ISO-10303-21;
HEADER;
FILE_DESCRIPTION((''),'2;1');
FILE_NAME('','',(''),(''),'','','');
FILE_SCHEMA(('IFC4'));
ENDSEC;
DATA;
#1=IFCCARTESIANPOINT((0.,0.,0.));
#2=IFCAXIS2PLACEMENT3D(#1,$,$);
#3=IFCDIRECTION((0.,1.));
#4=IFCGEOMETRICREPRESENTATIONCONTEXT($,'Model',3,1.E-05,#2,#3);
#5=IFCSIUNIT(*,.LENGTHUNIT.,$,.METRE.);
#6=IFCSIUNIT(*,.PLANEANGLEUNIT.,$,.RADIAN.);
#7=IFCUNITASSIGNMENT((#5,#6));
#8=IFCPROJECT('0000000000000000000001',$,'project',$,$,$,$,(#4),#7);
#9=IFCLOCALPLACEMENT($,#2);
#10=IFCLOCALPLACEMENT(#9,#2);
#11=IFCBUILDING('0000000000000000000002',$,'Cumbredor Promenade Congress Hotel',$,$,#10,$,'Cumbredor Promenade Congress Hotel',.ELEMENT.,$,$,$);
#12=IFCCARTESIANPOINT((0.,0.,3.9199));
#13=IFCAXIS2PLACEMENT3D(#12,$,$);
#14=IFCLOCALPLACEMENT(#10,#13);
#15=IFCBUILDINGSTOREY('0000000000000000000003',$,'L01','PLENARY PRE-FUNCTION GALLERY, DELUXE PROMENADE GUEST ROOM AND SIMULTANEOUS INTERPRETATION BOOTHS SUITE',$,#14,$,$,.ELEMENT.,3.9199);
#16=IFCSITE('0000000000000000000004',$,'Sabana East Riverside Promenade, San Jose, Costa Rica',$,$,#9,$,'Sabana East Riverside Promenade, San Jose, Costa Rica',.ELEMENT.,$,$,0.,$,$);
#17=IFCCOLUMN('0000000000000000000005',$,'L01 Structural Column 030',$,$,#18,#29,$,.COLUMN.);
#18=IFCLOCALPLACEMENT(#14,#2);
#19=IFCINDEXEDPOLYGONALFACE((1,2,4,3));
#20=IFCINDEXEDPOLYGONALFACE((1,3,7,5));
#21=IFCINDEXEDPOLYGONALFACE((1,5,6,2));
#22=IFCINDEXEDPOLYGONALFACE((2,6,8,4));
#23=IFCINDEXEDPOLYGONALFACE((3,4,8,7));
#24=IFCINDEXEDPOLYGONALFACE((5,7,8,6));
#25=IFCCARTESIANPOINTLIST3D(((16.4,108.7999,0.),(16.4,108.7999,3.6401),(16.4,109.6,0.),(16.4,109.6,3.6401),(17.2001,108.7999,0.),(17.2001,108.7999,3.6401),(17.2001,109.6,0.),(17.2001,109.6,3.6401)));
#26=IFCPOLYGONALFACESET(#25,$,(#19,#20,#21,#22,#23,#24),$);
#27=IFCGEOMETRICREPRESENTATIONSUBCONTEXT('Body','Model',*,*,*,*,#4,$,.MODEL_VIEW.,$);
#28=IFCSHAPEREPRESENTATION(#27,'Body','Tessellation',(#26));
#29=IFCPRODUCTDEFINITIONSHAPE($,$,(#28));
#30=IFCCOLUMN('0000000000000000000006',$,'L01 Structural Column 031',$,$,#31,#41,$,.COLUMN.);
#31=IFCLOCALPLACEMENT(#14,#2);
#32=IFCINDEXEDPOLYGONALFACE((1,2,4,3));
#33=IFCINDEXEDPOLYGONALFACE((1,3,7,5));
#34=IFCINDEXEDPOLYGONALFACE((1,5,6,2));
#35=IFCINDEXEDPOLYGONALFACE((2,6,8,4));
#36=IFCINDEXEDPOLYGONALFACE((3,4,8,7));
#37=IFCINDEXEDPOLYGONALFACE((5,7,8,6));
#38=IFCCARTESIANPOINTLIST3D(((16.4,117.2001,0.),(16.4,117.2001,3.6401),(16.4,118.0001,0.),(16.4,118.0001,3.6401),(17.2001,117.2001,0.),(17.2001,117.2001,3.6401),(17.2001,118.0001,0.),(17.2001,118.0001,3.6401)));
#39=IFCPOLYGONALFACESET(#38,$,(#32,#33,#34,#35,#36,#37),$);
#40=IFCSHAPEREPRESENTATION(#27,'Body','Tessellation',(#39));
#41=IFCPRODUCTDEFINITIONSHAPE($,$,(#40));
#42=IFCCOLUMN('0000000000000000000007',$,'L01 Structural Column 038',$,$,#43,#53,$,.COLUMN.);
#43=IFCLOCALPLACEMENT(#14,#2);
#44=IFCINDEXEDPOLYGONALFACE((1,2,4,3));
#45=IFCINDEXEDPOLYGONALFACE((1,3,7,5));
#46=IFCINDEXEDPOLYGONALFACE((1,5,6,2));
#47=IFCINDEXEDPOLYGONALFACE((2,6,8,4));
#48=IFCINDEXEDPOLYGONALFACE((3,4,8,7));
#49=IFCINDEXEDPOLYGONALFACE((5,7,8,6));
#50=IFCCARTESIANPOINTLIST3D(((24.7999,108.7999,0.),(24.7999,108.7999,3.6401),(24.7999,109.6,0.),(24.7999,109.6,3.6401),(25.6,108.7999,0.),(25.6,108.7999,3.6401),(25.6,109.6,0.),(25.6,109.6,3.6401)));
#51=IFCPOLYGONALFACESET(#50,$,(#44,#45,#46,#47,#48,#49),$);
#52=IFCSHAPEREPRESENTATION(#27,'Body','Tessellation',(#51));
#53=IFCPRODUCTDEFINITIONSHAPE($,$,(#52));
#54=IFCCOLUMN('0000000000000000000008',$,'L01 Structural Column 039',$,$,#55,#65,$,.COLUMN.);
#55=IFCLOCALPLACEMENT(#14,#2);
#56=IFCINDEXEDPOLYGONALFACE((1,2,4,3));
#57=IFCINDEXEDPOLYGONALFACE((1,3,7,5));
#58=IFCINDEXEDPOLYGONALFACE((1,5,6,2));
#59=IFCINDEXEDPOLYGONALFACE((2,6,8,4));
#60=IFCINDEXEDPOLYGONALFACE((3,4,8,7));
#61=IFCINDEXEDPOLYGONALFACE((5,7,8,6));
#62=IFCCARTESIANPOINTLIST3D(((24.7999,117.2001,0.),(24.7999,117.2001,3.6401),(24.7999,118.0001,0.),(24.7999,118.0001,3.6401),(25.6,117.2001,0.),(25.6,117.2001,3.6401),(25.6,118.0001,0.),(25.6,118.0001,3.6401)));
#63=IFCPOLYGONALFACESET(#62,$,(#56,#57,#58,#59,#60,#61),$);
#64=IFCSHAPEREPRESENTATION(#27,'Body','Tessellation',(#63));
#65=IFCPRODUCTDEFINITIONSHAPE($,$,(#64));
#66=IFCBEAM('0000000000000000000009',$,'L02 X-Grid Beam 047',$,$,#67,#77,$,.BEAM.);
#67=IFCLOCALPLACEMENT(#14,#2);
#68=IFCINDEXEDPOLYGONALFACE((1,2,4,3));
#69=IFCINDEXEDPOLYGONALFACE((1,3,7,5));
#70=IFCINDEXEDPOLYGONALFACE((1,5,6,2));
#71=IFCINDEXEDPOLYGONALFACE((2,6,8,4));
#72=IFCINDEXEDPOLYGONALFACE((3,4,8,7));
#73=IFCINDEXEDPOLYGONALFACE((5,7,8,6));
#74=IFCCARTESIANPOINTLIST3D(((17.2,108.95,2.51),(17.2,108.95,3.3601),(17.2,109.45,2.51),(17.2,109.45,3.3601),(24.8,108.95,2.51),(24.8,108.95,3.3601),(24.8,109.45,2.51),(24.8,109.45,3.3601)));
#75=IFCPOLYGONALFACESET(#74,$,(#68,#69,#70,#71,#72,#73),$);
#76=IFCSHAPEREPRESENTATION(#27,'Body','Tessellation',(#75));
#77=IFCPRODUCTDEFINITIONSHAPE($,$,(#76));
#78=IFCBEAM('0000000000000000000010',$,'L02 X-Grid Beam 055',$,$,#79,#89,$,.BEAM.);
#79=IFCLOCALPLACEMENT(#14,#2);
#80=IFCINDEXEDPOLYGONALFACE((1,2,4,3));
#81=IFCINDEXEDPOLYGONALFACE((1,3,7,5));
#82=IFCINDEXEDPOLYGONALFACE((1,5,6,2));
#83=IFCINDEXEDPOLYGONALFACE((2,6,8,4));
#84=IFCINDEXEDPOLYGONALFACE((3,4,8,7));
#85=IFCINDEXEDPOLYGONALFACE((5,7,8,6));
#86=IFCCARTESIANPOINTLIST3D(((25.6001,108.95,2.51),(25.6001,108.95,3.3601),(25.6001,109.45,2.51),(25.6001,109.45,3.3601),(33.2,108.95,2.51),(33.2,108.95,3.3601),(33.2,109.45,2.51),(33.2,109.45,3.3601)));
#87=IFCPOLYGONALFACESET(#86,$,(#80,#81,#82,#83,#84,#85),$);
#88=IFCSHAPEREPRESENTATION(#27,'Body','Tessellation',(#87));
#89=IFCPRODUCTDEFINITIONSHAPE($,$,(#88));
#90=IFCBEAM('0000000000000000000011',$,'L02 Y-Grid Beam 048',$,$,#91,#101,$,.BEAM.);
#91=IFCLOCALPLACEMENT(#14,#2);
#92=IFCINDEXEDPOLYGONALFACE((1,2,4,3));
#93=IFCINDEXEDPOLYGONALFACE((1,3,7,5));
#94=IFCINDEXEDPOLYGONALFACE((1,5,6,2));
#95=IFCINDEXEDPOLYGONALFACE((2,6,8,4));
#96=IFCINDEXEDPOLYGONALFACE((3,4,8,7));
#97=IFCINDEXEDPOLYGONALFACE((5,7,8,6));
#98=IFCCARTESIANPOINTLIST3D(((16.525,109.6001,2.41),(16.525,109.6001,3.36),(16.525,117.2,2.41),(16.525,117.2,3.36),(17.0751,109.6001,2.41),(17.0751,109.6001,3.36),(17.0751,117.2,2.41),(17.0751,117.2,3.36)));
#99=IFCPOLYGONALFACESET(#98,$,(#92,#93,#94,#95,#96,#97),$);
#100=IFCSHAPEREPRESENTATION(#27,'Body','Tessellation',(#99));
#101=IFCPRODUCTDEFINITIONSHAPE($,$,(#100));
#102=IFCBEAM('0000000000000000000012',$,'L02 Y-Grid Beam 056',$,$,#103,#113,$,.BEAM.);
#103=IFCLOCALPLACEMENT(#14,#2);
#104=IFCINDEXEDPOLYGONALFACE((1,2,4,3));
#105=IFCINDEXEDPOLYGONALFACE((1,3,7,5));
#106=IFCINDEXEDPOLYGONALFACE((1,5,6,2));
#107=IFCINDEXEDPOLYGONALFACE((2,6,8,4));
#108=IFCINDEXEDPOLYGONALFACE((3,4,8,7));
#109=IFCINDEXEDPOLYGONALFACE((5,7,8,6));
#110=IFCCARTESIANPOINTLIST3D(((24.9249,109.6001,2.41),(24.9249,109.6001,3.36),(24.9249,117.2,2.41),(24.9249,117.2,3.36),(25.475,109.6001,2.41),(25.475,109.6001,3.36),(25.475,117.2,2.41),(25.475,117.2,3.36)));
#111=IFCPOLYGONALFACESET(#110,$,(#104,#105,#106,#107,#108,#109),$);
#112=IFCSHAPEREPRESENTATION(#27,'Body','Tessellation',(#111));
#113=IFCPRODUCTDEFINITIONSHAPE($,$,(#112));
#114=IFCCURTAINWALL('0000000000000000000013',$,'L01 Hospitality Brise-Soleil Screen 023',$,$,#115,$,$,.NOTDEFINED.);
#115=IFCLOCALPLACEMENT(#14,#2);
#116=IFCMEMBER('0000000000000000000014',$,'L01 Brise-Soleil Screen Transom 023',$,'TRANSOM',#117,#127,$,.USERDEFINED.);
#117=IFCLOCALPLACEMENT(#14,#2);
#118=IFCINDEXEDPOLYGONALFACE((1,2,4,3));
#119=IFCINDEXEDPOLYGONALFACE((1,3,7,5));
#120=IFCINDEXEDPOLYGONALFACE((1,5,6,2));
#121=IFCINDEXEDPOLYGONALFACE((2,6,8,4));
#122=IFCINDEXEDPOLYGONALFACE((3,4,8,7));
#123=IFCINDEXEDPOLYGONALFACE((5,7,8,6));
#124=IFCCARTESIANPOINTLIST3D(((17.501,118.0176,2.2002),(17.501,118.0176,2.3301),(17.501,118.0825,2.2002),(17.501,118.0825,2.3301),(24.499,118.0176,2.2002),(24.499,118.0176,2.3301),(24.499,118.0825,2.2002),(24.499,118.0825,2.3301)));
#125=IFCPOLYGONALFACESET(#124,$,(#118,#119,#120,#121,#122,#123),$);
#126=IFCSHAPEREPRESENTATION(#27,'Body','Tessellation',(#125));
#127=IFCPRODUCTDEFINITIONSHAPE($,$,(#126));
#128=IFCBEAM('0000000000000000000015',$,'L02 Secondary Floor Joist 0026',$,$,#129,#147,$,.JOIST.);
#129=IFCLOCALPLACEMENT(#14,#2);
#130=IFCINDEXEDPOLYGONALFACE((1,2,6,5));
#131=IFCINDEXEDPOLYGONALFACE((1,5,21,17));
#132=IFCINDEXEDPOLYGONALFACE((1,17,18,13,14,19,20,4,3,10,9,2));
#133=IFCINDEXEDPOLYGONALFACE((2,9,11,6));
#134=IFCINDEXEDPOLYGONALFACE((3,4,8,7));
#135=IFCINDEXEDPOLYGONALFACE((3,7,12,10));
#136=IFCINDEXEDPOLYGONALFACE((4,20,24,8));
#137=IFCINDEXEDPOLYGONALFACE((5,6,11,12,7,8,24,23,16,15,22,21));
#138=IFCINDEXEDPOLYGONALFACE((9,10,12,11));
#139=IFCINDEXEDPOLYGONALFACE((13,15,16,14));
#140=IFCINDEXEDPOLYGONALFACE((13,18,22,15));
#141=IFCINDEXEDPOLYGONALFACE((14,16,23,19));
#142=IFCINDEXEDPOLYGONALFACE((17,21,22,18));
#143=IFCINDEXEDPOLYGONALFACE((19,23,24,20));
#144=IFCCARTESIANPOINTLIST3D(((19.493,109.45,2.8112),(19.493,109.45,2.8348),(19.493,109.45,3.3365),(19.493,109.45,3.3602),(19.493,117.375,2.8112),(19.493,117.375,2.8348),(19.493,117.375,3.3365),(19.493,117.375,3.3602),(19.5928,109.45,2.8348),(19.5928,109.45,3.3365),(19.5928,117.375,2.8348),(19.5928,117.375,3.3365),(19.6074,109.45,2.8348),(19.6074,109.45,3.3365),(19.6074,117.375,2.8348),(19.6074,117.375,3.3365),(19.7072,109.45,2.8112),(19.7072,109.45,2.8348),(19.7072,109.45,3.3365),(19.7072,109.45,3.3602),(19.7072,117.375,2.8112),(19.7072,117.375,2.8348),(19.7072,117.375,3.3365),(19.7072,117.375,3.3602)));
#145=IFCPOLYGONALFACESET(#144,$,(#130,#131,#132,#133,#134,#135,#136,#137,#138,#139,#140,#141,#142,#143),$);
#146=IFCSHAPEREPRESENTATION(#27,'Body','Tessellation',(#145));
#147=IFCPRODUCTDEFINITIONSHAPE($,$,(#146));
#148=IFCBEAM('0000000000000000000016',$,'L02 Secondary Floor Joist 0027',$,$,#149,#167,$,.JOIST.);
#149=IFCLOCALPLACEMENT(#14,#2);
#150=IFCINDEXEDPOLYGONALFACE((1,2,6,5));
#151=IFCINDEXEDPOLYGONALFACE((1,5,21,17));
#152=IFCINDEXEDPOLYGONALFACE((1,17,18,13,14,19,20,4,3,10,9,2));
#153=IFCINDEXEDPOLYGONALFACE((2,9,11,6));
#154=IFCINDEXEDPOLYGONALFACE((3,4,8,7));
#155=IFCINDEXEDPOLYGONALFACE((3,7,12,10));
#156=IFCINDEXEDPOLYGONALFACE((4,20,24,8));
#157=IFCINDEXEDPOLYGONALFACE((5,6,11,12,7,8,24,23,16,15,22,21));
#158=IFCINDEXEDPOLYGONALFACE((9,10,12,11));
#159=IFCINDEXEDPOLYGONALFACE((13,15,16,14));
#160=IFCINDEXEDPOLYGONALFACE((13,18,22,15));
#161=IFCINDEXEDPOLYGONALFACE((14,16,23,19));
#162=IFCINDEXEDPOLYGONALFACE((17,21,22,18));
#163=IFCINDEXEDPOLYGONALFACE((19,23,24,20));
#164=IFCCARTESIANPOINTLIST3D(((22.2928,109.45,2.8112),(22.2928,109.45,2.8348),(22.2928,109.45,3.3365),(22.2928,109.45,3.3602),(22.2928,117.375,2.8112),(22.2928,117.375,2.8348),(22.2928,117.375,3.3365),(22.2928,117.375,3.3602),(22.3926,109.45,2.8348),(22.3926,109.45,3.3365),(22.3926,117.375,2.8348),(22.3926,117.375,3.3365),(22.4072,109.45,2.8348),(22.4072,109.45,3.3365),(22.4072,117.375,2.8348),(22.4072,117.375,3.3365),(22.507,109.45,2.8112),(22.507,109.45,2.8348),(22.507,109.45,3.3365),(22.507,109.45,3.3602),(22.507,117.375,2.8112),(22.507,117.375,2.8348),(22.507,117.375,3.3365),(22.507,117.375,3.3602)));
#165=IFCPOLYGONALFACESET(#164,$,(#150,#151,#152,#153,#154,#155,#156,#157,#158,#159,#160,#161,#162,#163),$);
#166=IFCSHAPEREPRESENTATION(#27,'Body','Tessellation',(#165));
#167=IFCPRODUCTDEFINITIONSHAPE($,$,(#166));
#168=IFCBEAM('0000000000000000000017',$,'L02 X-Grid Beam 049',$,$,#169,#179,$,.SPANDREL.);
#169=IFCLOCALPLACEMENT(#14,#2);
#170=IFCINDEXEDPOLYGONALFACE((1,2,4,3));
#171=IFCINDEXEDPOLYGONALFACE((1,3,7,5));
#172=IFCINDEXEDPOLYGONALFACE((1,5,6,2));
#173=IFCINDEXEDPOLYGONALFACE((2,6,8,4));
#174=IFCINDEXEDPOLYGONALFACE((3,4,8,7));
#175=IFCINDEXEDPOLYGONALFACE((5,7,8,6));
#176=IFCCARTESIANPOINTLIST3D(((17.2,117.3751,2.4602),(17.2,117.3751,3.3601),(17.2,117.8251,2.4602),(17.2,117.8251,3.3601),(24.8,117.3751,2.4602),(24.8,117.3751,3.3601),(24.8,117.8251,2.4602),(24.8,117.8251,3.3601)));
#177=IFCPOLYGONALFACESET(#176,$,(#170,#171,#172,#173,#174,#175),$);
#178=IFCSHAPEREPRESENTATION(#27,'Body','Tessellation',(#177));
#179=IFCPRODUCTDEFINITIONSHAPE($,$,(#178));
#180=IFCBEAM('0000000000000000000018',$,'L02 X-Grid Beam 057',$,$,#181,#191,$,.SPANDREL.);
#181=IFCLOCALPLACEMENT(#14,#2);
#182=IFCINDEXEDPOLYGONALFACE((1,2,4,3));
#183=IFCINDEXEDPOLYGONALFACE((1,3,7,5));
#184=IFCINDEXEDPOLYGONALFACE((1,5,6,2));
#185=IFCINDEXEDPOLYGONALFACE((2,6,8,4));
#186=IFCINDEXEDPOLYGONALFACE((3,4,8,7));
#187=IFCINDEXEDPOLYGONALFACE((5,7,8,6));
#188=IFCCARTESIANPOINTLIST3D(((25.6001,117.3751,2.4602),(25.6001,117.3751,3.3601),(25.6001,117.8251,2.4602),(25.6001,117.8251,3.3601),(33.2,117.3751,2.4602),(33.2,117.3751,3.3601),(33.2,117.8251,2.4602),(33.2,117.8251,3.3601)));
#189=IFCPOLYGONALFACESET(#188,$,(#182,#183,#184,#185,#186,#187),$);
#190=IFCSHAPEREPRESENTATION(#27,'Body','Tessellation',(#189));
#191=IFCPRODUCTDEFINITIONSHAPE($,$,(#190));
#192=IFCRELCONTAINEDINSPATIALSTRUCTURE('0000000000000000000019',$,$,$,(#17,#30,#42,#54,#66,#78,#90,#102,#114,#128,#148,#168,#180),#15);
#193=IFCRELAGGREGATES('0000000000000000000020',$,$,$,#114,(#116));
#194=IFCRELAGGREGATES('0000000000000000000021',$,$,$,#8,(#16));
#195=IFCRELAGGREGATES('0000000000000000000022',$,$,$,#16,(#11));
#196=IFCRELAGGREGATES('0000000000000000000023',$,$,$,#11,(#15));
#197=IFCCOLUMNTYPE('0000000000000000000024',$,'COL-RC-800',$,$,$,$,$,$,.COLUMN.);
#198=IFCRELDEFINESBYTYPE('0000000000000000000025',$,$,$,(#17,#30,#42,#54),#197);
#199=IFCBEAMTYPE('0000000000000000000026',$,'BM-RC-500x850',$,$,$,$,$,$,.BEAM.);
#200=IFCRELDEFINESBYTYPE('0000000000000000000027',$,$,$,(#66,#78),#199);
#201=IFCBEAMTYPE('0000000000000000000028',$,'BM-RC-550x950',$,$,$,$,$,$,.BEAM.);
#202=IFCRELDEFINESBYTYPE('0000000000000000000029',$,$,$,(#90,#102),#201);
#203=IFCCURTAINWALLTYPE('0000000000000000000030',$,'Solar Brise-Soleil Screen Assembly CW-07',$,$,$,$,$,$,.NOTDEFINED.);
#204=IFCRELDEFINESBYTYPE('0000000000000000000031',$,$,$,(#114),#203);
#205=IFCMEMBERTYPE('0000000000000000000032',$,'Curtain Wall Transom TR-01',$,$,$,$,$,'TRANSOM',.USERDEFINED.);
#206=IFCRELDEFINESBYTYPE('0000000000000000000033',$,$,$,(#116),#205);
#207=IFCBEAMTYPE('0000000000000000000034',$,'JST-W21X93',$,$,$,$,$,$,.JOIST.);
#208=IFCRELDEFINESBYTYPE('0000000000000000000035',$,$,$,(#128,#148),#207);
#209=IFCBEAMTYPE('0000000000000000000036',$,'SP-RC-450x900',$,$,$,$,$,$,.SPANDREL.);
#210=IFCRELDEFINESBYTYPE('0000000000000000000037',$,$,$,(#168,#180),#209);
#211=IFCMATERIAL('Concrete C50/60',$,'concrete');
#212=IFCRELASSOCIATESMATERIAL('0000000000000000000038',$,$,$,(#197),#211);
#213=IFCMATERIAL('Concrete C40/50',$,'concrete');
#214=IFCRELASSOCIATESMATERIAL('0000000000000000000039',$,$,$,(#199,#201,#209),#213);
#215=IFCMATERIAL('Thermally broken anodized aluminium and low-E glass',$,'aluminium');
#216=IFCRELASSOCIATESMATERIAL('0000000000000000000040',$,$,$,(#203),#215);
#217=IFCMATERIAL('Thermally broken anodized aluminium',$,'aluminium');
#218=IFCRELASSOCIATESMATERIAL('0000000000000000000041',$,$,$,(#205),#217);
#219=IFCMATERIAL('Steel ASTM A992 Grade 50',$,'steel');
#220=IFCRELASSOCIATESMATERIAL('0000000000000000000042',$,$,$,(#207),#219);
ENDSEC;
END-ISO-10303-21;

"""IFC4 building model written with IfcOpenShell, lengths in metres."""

from ifc_helpers import new_model, si_unit, direction, frame, origin, origin_2d, place, context, subcontext, project, spatial, rectangle, i_section, extrude, material, material_profile, profile_set, type_object, element, aggregate, save


model = new_model("IFC4")

# Units and contexts
model_context = context("Model", 3, precision=1e-05, world=origin(), true_north=direction((0.0, 1.0)))
body_context = subcontext(model_context, "Body", "Model", "MODEL_VIEW")
ifc_project = project(units=[si_unit("LENGTHUNIT", "METRE"), si_unit("PLANEANGLEUNIT", "RADIAN")], contexts=[model_context])

# Site, building, storey
site_placement = place(None, origin())
site = spatial("IfcSite", under=ifc_project, at=site_placement, Name="Sabana East Riverside Promenade, San Jose, Costa Rica", LongName="Sabana East Riverside Promenade, San Jose, Costa Rica", CompositionType="ELEMENT", RefElevation=0.0)
building_placement = place(site_placement, origin())
building = spatial("IfcBuilding", under=site, at=building_placement, Name="Cumbredor Promenade Congress Hotel", LongName="Cumbredor Promenade Congress Hotel", CompositionType="ELEMENT")
storey_placement = place(building_placement, frame((0.0, 0.0, 3.9199)))
storey = spatial("IfcBuildingStorey", under=building, at=storey_placement, Name="L01", Description="PLENARY PRE-FUNCTION GALLERY, DELUXE PROMENADE GUEST ROOM AND SIMULTANEOUS INTERPRETATION BOOTHS SUITE", CompositionType="ELEMENT", Elevation=3.9199)

# Columns
ifc_material_1 = material(Name="Concrete C50/60", Category="concrete")
ifc_material_profile_1 = material_profile(ifc_material_1, rectangle(XDim=0.8, YDim=0.8, at=origin_2d()), Name="RC 800x800")
ifc_profile_set_1 = profile_set([ifc_material_profile_1], Name="Concrete C50/60")
column_type = type_object("IfcColumnType", Name="COL-RC-800", PredefinedType="COLUMN", material=ifc_profile_set_1)
for number, where, z_axis, x_axis, name in (
    (1, (16.8, 109.2, 0.0), (0.0, 0.0, 1.0), (1.0, 0.0, 0.0), "L01 Structural Column 030"),
    (2, (16.8, 117.6001, 0.0), (0.0, 0.0, 1.0), (1.0, 0.0, 0.0), "L01 Structural Column 031"),
    (3, (25.2, 109.2, 0.0), (0.0, 0.0, 1.0), (1.0, 0.0, 0.0), "L01 Structural Column 038"),
    (4, (25.2, 117.6001, 0.0), (0.0, 0.0, 1.0), (1.0, 0.0, 0.0), "L01 Structural Column 039"),
):
    element("IfcColumn", number, at=place(storey_placement, frame(where, z_axis=z_axis, x_axis=x_axis)), inside=storey, type_object=column_type, Name=name, PredefinedType="COLUMN", context=body_context, shape_type="SweptSolid", body=[
        extrude(rectangle(XDim=0.8, YDim=0.8, at=origin_2d()), origin(), (0.0, 0.0, 1.0), 3.6401),
    ])

# Beams
ifc_material_2 = material(Name="Concrete C40/50", Category="concrete")
ifc_material_profile_2 = material_profile(ifc_material_2, rectangle(XDim=0.5, YDim=0.8501, at=origin_2d()), Name="RC BEAM 500x850")
ifc_profile_set_2 = profile_set([ifc_material_profile_2], Name="Concrete C40/50")
beam_type_1 = type_object("IfcBeamType", Name="BM-RC-500x850", PredefinedType="BEAM", material=ifc_profile_set_2)
beam_1_placement = place(storey_placement, frame((17.2, 109.2, 2.9351), z_axis=(1.0, 0.0, 0.0), x_axis=(0.0, 1.0, 0.0)))
element("IfcBeam", 5, at=beam_1_placement, inside=storey, type_object=beam_type_1, Name="L02 X-Grid Beam 047", PredefinedType="BEAM", context=body_context, shape_type="SweptSolid", body=[
    extrude(rectangle(XDim=0.5, YDim=0.8501, at=origin_2d()), origin(), (0.0, 0.0, 1.0), 7.6001),
])
beam_2_placement = place(storey_placement, frame((25.6001, 109.2, 2.9351), z_axis=(1.0, 0.0, 0.0), x_axis=(0.0, 1.0, 0.0)))
element("IfcBeam", 6, at=beam_2_placement, inside=storey, type_object=beam_type_1, Name="L02 X-Grid Beam 055", PredefinedType="BEAM", context=body_context, shape_type="SweptSolid", body=[
    extrude(rectangle(XDim=0.5, YDim=0.8501, at=origin_2d()), origin(), (0.0, 0.0, 1.0), 7.5999),
])
ifc_material_profile_3 = material_profile(ifc_material_2, rectangle(XDim=0.55, YDim=0.95, at=origin_2d()), Name="RC BEAM 550x950")
ifc_profile_set_3 = profile_set([ifc_material_profile_3], Name="Concrete C40/50")
beam_type_2 = type_object("IfcBeamType", Name="BM-RC-550x950", PredefinedType="BEAM", material=ifc_profile_set_3)
for number, where, z_axis, x_axis, name in (
    (7, (16.8, 109.6001, 2.885), (0.0, 1.0, 0.0), (-1.0, 0.0, 0.0), "L02 Y-Grid Beam 048"),
    (8, (25.2, 109.6001, 2.885), (0.0, 1.0, 0.0), (-1.0, 0.0, 0.0), "L02 Y-Grid Beam 056"),
):
    element("IfcBeam", number, at=place(storey_placement, frame(where, z_axis=z_axis, x_axis=x_axis)), inside=storey, type_object=beam_type_2, Name=name, PredefinedType="BEAM", context=body_context, shape_type="SweptSolid", body=[
        extrude(rectangle(XDim=0.55, YDim=0.95, at=origin_2d()), origin(), (0.0, 0.0, 1.0), 7.5999),
    ])

# Curtain wall, member
ifc_material_3 = material(Name="Thermally broken anodized aluminium and low-E glass", Category="aluminium")
curtain_wall_type = type_object("IfcCurtainWallType", Name="Solar Brise-Soleil Screen Assembly CW-07", PredefinedType="NOTDEFINED", material=ifc_material_3)
curtain_wall_1_placement = place(storey_placement, origin())
curtain_wall_1 = element("IfcCurtainWall", 9, at=curtain_wall_1_placement, inside=storey, type_object=curtain_wall_type, Name="L01 Hospitality Brise-Soleil Screen 023", PredefinedType="NOTDEFINED")
ifc_material_4 = material(Name="Thermally broken anodized aluminium", Category="aluminium")
ifc_material_profile_4 = material_profile(ifc_material_4, rectangle(XDim=0.0649, YDim=0.1299, at=origin_2d()), Name="ALU TRANSOM 65x130")
ifc_profile_set_4 = profile_set([ifc_material_profile_4], Name="Thermally broken anodized aluminium")
member_type_1 = type_object("IfcMemberType", Name="Curtain Wall Transom TR-01", ElementType="TRANSOM", PredefinedType="USERDEFINED", material=ifc_profile_set_4)
member_1_placement = place(storey_placement, frame((17.501, 118.05, 2.2651), z_axis=(1.0, 0.0, 0.0), x_axis=(0.0, 1.0, 0.0)))
member_1 = element("IfcMember", 10, at=member_1_placement, type_object=member_type_1, Name="L01 Brise-Soleil Screen Transom 023", ObjectType="TRANSOM", PredefinedType="USERDEFINED", context=body_context, shape_type="SweptSolid", body=[
    extrude(rectangle(XDim=0.0649, YDim=0.1299, at=origin_2d()), origin(), (0.0, 0.0, 1.0), 6.998),
])

# Beams
ifc_material_5 = material(Name="Steel ASTM A992 Grade 50", Category="steel")
ifc_material_profile_5 = material_profile(ifc_material_5, i_section(OverallWidth=0.2141, OverallDepth=0.5491, WebThickness=0.0146, FlangeThickness=0.0237, at=origin_2d()), Name="W21X93")
ifc_profile_set_5 = profile_set([ifc_material_profile_5], Name="Steel ASTM A992 Grade 50")
beam_type_3 = type_object("IfcBeamType", Name="JST-W21X93", PredefinedType="JOIST", material=ifc_profile_set_5)
for number, where, z_axis, x_axis, name in (
    (11, (19.6001, 109.45, 3.0857), (0.0, 1.0, 0.0), (-1.0, 0.0, 0.0), "L02 Secondary Floor Joist 0026"),
    (12, (22.3999, 109.45, 3.0857), (0.0, 1.0, 0.0), (-1.0, 0.0, 0.0), "L02 Secondary Floor Joist 0027"),
):
    element("IfcBeam", number, at=place(storey_placement, frame(where, z_axis=z_axis, x_axis=x_axis)), inside=storey, type_object=beam_type_3, Name=name, PredefinedType="JOIST", context=body_context, shape_type="SweptSolid", body=[
        extrude(i_section(OverallWidth=0.2141, OverallDepth=0.5491, WebThickness=0.0146, FlangeThickness=0.0237, at=origin_2d()), origin(), (0.0, 0.0, 1.0), 7.925),
    ])
ifc_material_profile_6 = material_profile(ifc_material_2, rectangle(XDim=0.45, YDim=0.8999, at=origin_2d()), Name="RC SPANDREL 450x900")
ifc_profile_set_6 = profile_set([ifc_material_profile_6], Name="Concrete C40/50")
beam_type_4 = type_object("IfcBeamType", Name="SP-RC-450x900", PredefinedType="SPANDREL", material=ifc_profile_set_6)
beam_3_placement = place(storey_placement, frame((17.2, 117.6001, 2.9102), z_axis=(1.0, 0.0, 0.0), x_axis=(0.0, 1.0, 0.0)))
element("IfcBeam", 13, at=beam_3_placement, inside=storey, type_object=beam_type_4, Name="L02 X-Grid Beam 049", PredefinedType="SPANDREL", context=body_context, shape_type="SweptSolid", body=[
    extrude(rectangle(XDim=0.45, YDim=0.8999, at=origin_2d()), origin(), (0.0, 0.0, 1.0), 7.6001),
])
beam_4_placement = place(storey_placement, frame((25.6001, 117.6001, 2.9102), z_axis=(1.0, 0.0, 0.0), x_axis=(0.0, 1.0, 0.0)))
element("IfcBeam", 14, at=beam_4_placement, inside=storey, type_object=beam_type_4, Name="L02 X-Grid Beam 057", PredefinedType="SPANDREL", context=body_context, shape_type="SweptSolid", body=[
    extrude(rectangle(XDim=0.45, YDim=0.8999, at=origin_2d()), origin(), (0.0, 0.0, 1.0), 7.5999),
])

aggregate(curtain_wall_1, [member_1])

save(model, "model.ifc")
